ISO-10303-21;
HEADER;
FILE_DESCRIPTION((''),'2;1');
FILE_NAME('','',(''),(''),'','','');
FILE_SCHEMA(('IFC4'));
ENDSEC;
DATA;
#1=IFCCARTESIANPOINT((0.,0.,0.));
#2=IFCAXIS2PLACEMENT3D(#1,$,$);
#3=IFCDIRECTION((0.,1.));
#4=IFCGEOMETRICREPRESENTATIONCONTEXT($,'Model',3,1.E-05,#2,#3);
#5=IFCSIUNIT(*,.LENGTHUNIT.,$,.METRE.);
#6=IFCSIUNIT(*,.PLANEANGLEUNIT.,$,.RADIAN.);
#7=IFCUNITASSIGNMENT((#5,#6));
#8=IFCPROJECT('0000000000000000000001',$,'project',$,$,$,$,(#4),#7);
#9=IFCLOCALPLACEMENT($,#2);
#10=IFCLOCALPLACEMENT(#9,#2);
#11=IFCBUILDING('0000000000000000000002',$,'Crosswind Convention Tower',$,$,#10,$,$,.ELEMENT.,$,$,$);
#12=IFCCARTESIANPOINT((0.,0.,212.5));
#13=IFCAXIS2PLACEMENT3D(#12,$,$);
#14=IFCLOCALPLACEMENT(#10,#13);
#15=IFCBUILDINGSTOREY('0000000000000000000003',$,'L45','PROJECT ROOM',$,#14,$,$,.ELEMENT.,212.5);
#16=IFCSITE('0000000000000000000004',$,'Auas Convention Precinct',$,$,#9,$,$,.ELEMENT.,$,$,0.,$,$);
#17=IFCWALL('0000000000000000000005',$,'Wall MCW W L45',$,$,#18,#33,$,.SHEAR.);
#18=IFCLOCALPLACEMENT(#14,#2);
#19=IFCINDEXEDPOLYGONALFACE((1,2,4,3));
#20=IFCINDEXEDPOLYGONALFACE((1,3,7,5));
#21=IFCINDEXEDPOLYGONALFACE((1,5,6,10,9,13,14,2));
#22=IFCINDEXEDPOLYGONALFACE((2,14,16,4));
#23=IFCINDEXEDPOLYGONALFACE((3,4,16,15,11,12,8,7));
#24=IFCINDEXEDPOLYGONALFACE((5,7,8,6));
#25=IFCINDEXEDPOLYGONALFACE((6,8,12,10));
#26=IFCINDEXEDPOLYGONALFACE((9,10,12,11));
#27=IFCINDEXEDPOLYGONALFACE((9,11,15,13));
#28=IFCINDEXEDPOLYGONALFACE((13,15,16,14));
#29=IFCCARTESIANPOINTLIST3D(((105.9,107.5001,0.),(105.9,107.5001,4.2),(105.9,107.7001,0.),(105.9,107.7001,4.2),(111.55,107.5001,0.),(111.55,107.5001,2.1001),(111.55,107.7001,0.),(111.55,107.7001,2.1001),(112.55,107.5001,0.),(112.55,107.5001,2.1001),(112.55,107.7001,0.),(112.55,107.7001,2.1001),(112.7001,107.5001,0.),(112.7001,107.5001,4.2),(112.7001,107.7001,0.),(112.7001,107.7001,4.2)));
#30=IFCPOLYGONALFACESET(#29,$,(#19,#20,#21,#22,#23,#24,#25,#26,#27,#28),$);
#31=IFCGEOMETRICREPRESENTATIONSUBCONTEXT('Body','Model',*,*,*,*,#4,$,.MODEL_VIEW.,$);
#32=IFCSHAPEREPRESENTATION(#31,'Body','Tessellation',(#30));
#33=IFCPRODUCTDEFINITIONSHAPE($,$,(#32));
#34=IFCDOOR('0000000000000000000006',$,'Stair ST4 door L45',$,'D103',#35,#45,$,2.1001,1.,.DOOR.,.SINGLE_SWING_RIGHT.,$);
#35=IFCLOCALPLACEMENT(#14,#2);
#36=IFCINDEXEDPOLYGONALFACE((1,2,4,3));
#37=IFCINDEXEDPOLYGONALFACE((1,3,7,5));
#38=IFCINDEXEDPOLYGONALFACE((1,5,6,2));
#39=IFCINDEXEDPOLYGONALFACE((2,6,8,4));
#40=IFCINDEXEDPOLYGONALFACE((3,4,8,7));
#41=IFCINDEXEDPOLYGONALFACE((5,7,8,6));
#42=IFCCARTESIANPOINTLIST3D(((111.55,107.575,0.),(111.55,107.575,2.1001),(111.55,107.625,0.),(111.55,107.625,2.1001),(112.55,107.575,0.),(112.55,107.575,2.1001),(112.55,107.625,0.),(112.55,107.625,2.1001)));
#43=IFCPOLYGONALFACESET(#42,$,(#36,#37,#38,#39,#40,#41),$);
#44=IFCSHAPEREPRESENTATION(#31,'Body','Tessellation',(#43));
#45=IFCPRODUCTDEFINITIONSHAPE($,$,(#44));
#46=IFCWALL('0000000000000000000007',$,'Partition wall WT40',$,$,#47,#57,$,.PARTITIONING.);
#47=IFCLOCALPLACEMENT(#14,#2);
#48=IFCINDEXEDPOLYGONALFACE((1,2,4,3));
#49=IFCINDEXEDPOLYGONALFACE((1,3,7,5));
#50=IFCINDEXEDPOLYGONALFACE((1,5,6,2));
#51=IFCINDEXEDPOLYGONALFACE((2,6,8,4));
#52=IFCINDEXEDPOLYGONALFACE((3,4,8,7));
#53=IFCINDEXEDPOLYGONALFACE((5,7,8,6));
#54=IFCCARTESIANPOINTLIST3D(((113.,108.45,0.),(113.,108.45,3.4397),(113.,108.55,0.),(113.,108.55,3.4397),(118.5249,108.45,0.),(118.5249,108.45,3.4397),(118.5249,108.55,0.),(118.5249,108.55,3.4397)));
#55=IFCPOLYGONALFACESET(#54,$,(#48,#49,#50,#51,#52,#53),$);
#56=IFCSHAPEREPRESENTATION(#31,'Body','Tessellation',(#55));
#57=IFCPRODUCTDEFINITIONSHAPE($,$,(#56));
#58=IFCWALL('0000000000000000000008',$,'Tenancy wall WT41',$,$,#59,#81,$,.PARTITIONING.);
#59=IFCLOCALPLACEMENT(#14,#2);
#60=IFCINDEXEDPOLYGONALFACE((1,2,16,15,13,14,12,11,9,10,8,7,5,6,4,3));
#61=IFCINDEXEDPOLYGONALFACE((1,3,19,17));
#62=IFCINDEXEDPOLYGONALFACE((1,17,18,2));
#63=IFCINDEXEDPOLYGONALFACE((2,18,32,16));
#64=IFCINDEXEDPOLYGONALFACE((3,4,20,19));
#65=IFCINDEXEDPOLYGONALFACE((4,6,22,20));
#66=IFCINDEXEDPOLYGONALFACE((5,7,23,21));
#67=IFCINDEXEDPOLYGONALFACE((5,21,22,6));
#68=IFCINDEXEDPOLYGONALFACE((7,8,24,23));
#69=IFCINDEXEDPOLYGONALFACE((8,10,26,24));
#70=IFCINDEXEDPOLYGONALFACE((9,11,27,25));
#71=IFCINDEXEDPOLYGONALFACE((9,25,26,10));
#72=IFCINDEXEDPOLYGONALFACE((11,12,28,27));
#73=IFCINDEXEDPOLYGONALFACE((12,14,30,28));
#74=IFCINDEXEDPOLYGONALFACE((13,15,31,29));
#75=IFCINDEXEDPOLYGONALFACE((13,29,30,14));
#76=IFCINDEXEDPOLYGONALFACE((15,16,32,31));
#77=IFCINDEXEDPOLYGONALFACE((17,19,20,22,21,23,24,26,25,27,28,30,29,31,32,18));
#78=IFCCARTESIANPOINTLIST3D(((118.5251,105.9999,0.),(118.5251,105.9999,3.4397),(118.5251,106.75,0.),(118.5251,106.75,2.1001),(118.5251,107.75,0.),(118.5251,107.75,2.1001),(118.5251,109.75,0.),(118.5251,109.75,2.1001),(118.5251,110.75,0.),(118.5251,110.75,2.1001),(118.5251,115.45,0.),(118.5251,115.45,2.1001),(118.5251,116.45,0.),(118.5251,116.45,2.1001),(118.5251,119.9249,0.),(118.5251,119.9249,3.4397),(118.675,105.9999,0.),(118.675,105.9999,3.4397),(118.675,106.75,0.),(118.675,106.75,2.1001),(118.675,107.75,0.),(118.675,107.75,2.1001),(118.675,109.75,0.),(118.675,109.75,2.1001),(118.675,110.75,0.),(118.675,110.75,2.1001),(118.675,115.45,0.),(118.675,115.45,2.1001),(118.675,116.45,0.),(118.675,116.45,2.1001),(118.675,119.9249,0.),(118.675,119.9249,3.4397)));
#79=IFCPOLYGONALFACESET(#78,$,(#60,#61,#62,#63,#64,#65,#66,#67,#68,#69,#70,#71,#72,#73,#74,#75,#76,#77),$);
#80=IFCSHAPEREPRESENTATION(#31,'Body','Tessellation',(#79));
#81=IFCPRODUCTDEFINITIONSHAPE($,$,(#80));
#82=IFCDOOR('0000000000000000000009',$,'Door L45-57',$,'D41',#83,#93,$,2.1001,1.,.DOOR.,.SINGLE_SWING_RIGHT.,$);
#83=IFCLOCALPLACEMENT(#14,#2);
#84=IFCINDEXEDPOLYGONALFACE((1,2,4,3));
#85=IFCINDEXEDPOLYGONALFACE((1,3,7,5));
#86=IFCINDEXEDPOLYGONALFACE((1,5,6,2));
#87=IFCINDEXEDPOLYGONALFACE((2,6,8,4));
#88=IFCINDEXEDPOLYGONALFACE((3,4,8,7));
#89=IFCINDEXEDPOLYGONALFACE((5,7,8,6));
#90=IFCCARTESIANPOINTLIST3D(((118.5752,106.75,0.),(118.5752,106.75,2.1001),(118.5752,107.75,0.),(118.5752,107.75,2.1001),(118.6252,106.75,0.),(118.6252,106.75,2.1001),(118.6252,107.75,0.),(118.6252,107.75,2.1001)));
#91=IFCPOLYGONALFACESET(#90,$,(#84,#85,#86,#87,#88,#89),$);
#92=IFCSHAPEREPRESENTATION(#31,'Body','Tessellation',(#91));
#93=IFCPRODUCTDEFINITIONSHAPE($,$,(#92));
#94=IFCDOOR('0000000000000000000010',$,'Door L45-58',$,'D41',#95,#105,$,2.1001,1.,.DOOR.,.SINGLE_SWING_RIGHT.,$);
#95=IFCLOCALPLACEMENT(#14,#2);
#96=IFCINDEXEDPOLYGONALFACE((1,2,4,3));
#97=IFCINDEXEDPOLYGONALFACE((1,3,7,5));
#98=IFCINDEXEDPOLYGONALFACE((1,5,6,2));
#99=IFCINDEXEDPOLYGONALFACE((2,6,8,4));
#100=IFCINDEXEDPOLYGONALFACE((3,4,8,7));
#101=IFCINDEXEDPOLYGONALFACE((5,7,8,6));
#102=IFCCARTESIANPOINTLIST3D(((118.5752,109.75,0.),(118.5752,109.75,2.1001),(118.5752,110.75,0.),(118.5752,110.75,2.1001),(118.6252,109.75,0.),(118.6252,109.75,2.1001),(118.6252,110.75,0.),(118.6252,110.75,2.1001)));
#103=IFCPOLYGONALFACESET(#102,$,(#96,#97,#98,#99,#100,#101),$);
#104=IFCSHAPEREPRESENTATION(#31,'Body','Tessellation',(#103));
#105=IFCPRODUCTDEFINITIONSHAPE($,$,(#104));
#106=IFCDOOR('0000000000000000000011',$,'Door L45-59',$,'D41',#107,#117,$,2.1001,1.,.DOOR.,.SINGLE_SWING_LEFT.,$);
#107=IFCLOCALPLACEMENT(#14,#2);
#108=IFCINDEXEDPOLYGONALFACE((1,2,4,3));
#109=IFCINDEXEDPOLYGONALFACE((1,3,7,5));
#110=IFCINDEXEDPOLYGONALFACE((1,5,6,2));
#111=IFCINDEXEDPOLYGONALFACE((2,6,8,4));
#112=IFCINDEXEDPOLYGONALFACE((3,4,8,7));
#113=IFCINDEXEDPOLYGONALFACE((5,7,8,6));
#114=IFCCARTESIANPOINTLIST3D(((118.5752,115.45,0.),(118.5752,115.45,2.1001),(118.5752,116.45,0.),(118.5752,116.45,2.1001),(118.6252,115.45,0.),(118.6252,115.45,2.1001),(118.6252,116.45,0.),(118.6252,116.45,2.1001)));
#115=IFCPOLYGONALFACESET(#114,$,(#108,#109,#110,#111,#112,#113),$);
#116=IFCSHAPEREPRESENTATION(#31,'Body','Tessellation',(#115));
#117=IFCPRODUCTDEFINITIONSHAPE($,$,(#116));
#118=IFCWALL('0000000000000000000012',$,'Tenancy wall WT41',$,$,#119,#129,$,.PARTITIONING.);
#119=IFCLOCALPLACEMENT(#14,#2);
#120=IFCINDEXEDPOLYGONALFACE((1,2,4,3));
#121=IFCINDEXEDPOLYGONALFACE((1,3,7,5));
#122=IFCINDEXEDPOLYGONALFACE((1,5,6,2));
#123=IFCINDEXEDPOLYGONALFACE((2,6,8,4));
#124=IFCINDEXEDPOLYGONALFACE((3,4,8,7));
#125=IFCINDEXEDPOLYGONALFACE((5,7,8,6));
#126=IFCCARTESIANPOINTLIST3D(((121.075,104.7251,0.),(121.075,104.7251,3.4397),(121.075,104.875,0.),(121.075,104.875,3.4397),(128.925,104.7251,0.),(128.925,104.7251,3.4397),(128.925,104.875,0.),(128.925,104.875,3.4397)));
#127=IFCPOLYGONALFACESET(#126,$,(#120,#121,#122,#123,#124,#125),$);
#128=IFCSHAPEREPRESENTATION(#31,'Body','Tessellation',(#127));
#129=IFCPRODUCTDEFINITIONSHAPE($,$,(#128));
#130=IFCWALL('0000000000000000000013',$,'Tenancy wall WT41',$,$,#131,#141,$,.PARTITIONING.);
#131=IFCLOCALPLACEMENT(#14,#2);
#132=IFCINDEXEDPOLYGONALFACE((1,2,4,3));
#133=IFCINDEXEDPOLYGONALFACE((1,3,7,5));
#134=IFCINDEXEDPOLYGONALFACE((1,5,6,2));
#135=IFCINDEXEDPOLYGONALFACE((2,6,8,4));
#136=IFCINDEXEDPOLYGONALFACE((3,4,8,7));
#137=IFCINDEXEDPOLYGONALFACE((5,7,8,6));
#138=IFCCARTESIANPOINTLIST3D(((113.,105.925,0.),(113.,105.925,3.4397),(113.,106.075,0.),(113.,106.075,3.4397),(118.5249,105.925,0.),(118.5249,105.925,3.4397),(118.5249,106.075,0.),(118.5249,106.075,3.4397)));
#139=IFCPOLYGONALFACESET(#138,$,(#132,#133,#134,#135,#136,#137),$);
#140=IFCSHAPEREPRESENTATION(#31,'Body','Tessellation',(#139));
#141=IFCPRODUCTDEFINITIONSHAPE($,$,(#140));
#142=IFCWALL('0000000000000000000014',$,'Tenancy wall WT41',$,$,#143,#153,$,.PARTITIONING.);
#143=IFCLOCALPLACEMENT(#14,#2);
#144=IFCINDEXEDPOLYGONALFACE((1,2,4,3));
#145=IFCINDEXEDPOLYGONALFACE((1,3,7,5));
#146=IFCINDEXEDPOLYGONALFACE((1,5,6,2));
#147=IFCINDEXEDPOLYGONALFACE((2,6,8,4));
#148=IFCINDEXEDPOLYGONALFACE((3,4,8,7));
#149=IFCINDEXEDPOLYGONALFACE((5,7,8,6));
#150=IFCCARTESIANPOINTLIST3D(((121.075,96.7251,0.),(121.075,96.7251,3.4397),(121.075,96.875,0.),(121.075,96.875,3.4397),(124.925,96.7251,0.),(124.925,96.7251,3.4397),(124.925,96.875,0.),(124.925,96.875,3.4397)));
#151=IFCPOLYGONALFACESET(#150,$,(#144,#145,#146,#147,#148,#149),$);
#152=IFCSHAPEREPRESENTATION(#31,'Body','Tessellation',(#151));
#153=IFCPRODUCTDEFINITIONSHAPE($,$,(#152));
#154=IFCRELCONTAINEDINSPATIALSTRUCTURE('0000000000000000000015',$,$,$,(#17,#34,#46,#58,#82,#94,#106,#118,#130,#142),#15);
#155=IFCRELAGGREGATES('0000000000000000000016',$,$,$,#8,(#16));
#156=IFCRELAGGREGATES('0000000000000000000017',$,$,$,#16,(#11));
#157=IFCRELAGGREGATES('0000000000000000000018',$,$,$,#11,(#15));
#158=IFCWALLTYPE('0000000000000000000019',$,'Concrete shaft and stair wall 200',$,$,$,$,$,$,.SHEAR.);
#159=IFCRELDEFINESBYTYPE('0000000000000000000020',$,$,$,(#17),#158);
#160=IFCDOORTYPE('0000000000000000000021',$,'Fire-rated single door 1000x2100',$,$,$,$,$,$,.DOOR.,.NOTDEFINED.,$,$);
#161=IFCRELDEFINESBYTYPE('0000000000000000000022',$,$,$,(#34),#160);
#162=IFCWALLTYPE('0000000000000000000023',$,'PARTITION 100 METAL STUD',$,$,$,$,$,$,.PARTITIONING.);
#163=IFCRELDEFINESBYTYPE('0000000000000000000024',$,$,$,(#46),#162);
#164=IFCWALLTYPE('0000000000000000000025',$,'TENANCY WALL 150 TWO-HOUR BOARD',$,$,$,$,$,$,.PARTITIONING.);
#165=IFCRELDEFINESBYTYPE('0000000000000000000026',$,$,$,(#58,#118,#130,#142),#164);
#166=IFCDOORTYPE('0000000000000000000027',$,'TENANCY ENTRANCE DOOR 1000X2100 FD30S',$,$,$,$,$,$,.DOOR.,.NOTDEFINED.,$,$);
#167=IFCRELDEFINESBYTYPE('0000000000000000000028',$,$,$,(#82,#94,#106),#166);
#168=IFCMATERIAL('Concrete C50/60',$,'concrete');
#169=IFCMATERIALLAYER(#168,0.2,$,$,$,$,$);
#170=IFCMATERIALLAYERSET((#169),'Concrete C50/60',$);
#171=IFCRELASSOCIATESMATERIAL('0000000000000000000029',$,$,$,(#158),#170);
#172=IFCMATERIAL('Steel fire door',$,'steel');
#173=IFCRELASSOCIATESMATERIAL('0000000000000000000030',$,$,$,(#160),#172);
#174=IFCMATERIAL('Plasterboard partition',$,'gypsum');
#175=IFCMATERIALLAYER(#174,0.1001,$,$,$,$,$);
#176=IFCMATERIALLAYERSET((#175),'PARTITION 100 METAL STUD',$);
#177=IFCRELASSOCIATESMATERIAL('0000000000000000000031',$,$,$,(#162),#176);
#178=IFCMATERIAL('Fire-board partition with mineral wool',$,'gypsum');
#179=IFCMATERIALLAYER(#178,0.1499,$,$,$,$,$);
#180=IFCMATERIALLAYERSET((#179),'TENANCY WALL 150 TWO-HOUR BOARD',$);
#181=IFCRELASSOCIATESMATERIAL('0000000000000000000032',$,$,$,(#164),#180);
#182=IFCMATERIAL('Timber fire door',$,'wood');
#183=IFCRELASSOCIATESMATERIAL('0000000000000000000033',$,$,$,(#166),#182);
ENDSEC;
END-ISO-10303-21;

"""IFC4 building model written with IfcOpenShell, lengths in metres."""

from ifc_helpers import new_model, si_unit, direction, frame, frame_2d, origin, place, context, subcontext, project, spatial, rectangle, extrude, material, layer, layer_set, type_object, element, fill, save


model = new_model("IFC4")

# Units and contexts
model_context = context("Model", 3, precision=1e-05, world=origin(), true_north=direction((0.0, 1.0)))
body_context = subcontext(model_context, "Body", "Model", "MODEL_VIEW")
ifc_project = project(units=[si_unit("LENGTHUNIT", "METRE"), si_unit("PLANEANGLEUNIT", "RADIAN")], contexts=[model_context])

# Site, building, storey
site_placement = place(None, origin())
site = spatial("IfcSite", under=ifc_project, at=site_placement, Name="Auas Convention Precinct", CompositionType="ELEMENT", RefElevation=0.0)
building_placement = place(site_placement, origin())
building = spatial("IfcBuilding", under=site, at=building_placement, Name="Crosswind Convention Tower", CompositionType="ELEMENT")
storey_placement = place(building_placement, frame((0.0, 0.0, 212.5)))
storey = spatial("IfcBuildingStorey", under=building, at=storey_placement, Name="L45", Description="PROJECT ROOM", CompositionType="ELEMENT", Elevation=212.5)

# Shared definitions
ifc_material_1 = material(Name="Concrete C50/60", Category="concrete")

# Shared definitions
ifc_layer_1 = layer(ifc_material_1, 0.2)
ifc_layer_set_1 = layer_set([ifc_layer_1], Name="Concrete C50/60")
wall_type_1 = type_object("IfcWallType", Name="Concrete shaft and stair wall 200", PredefinedType="SHEAR", material=ifc_layer_set_1)

# Wall, opening, door
ifc_material_2 = material(Name="Steel fire door", Category="steel")
wall_1_placement = place(storey_placement, frame((112.7, 107.6001, 0.0), z_axis=(0.0, 0.0, 1.0), x_axis=(-1.0, 0.0, 0.0)))
wall_1 = element("IfcWall", 1, at=wall_1_placement, inside=storey, type_object=wall_type_1, Name="Wall MCW W L45", PredefinedType="SHEAR", context=body_context, shape_type="SweptSolid", body=[
    extrude(rectangle(XDim=6.8, YDim=0.2, at=frame_2d((3.3999, 0.0))), origin(), (0.0, 0.0, 1.0), 4.2),
])
opening_1_placement = place(wall_1_placement, frame((0.1499, 0.0, 0.0)))
opening_1 = element("IfcOpeningElement", 2, at=opening_1_placement, cuts=wall_1, PredefinedType="OPENING", context=body_context, shape_type="SweptSolid", body=[
    extrude(rectangle(XDim=1.0, YDim=2.1001, at=frame_2d((0.5, 1.05))), frame((0.0, 0.1099, 0.0), z_axis=(0.0, -1.0, 0.0), x_axis=(1.0, 0.0, 0.0)), (0.0, 0.0, 1.0), 0.22),
])
door_type_1 = type_object("IfcDoorType", Name="Fire-rated single door 1000x2100", OperationType="NOTDEFINED", PredefinedType="DOOR", material=ifc_material_2)
door_1_placement = place(opening_1_placement, frame((1.0, 0.0, 0.0), z_axis=(0.0, 0.0, 1.0), x_axis=(-1.0, 0.0, 0.0)))
door_1 = element("IfcDoor", 3, at=door_1_placement, inside=storey, type_object=door_type_1, Name="Stair ST4 door L45", ObjectType="D103", OperationType="SINGLE_SWING_RIGHT", OverallHeight=2.1001, OverallWidth=1.0, PredefinedType="DOOR", context=body_context, shape_type="SweptSolid", body=[
    extrude(rectangle(XDim=1.0, YDim=2.1001, at=frame_2d((0.5, 1.05))), frame((0.0, 0.0249, 0.0), z_axis=(0.0, -1.0, 0.0), x_axis=(1.0, 0.0, 0.0)), (0.0, 0.0, 1.0), 0.05),
])
fill(opening_1, door_1)

# Wall
ifc_material_3 = material(Name="Plasterboard partition", Category="gypsum")
ifc_layer_2 = layer(ifc_material_3, 0.1001)
ifc_layer_set_2 = layer_set([ifc_layer_2], Name="PARTITION 100 METAL STUD")
wall_type_2 = type_object("IfcWallType", Name="PARTITION 100 METAL STUD", PredefinedType="PARTITIONING", material=ifc_layer_set_2)
wall_2_placement = place(storey_placement, frame((113.0, 108.5, 0.0), z_axis=(0.0, 0.0, 1.0), x_axis=(1.0, 0.0, 0.0)))
element("IfcWall", 4, at=wall_2_placement, inside=storey, type_object=wall_type_2, Name="Partition wall WT40", PredefinedType="PARTITIONING", context=body_context, shape_type="SweptSolid", body=[
    extrude(rectangle(XDim=5.5249, YDim=0.1001, at=frame_2d((2.7625, 0.0))), origin(), (0.0, 0.0, 1.0), 3.4397),
])

# Wall, openings, doors
ifc_material_4 = material(Name="Fire-board partition with mineral wool", Category="gypsum")
ifc_layer_3 = layer(ifc_material_4, 0.1499)
ifc_layer_set_3 = layer_set([ifc_layer_3], Name="TENANCY WALL 150 TWO-HOUR BOARD")
wall_type_3 = type_object("IfcWallType", Name="TENANCY WALL 150 TWO-HOUR BOARD", PredefinedType="PARTITIONING", material=ifc_layer_set_3)
wall_3_placement = place(storey_placement, frame((118.6001, 106.0, 0.0), z_axis=(0.0, 0.0, 1.0), x_axis=(0.0, 1.0, 0.0)))
wall_3 = element("IfcWall", 5, at=wall_3_placement, inside=storey, type_object=wall_type_3, Name="Tenancy wall WT41", PredefinedType="PARTITIONING", context=body_context, shape_type="SweptSolid", body=[
    extrude(rectangle(XDim=13.925, YDim=0.1499, at=frame_2d((6.9624, 0.0))), origin(), (0.0, 0.0, 1.0), 3.4397),
])
opening_2_placement = place(wall_3_placement, frame((0.75, 0.0, 0.0)))
opening_2 = element("IfcOpeningElement", 6, at=opening_2_placement, cuts=wall_3, PredefinedType="OPENING", context=body_context, shape_type="SweptSolid", body=[
    extrude(rectangle(XDim=1.0, YDim=2.1001, at=frame_2d((0.5, 1.05))), frame((0.0, 0.085, 0.0), z_axis=(0.0, -1.0, 0.0), x_axis=(1.0, 0.0, 0.0)), (0.0, 0.0, 1.0), 0.1699),
])
opening_3_placement = place(wall_3_placement, frame((3.75, 0.0, 0.0)))
opening_3 = element("IfcOpeningElement", 7, at=opening_3_placement, cuts=wall_3, PredefinedType="OPENING", context=body_context, shape_type="SweptSolid", body=[
    extrude(rectangle(XDim=1.0, YDim=2.1001, at=frame_2d((0.5, 1.05))), frame((0.0, 0.085, 0.0), z_axis=(0.0, -1.0, 0.0), x_axis=(1.0, 0.0, 0.0)), (0.0, 0.0, 1.0), 0.1699),
])
opening_4_placement = place(wall_3_placement, frame((9.45, 0.0, 0.0)))
opening_4 = element("IfcOpeningElement", 8, at=opening_4_placement, cuts=wall_3, PredefinedType="OPENING", context=body_context, shape_type="SweptSolid", body=[
    extrude(rectangle(XDim=1.0, YDim=2.1001, at=frame_2d((0.5, 1.05))), frame((0.0, 0.085, 0.0), z_axis=(0.0, -1.0, 0.0), x_axis=(1.0, 0.0, 0.0)), (0.0, 0.0, 1.0), 0.1699),
])
ifc_material_5 = material(Name="Timber fire door", Category="wood")
door_type_2 = type_object("IfcDoorType", Name="TENANCY ENTRANCE DOOR 1000X2100 FD30S", OperationType="NOTDEFINED", PredefinedType="DOOR", material=ifc_material_5)
door_2_placement = place(opening_2_placement, origin())
door_2 = element("IfcDoor", 9, at=door_2_placement, inside=storey, type_object=door_type_2, Name="Door L45-57", ObjectType="D41", OperationType="SINGLE_SWING_RIGHT", OverallHeight=2.1001, OverallWidth=1.0, PredefinedType="DOOR", context=body_context, shape_type="SweptSolid", body=[
    extrude(rectangle(XDim=1.0, YDim=2.1001, at=frame_2d((0.5, 1.05))), frame((0.0, 0.0249, 0.0), z_axis=(0.0, -1.0, 0.0), x_axis=(1.0, 0.0, 0.0)), (0.0, 0.0, 1.0), 0.05),
])
fill(opening_2, door_2)
door_3_placement = place(opening_3_placement, origin())
door_3 = element("IfcDoor", 10, at=door_3_placement, inside=storey, type_object=door_type_2, Name="Door L45-58", ObjectType="D41", OperationType="SINGLE_SWING_RIGHT", OverallHeight=2.1001, OverallWidth=1.0, PredefinedType="DOOR", context=body_context, shape_type="SweptSolid", body=[
    extrude(rectangle(XDim=1.0, YDim=2.1001, at=frame_2d((0.5, 1.05))), frame((0.0, 0.0249, 0.0), z_axis=(0.0, -1.0, 0.0), x_axis=(1.0, 0.0, 0.0)), (0.0, 0.0, 1.0), 0.05),
])
fill(opening_3, door_3)
door_4_placement = place(opening_4_placement, origin())
door_4 = element("IfcDoor", 11, at=door_4_placement, inside=storey, type_object=door_type_2, Name="Door L45-59", ObjectType="D41", OperationType="SINGLE_SWING_LEFT", OverallHeight=2.1001, OverallWidth=1.0, PredefinedType="DOOR", context=body_context, shape_type="SweptSolid", body=[
    extrude(rectangle(XDim=1.0, YDim=2.1001, at=frame_2d((0.5, 1.05))), frame((0.0, 0.0249, 0.0), z_axis=(0.0, -1.0, 0.0), x_axis=(1.0, 0.0, 0.0)), (0.0, 0.0, 1.0), 0.05),
])
fill(opening_4, door_4)

# Walls
wall_4_placement = place(storey_placement, frame((121.075, 104.8, 0.0), z_axis=(0.0, 0.0, 1.0), x_axis=(1.0, 0.0, 0.0)))
element("IfcWall", 12, at=wall_4_placement, inside=storey, type_object=wall_type_3, Name="Tenancy wall WT41", PredefinedType="PARTITIONING", context=body_context, shape_type="SweptSolid", body=[
    extrude(rectangle(XDim=7.8501, YDim=0.1499, at=frame_2d((3.925, 0.0))), origin(), (0.0, 0.0, 1.0), 3.4397),
])
wall_5_placement = place(storey_placement, frame((113.0, 106.0, 0.0), z_axis=(0.0, 0.0, 1.0), x_axis=(1.0, 0.0, 0.0)))
element("IfcWall", 13, at=wall_5_placement, inside=storey, type_object=wall_type_3, Name="Tenancy wall WT41", PredefinedType="PARTITIONING", context=body_context, shape_type="SweptSolid", body=[
    extrude(rectangle(XDim=5.5249, YDim=0.1499, at=frame_2d((2.7625, 0.0))), origin(), (0.0, 0.0, 1.0), 3.4397),
])
wall_6_placement = place(storey_placement, frame((121.075, 96.8, 0.0), z_axis=(0.0, 0.0, 1.0), x_axis=(1.0, 0.0, 0.0)))
element("IfcWall", 14, at=wall_6_placement, inside=storey, type_object=wall_type_3, Name="Tenancy wall WT41", PredefinedType="PARTITIONING", context=body_context, shape_type="SweptSolid", body=[
    extrude(rectangle(XDim=3.8501, YDim=0.1499, at=frame_2d((1.925, 0.0))), origin(), (0.0, 0.0, 1.0), 3.4397),
])

save(model, "model.ifc")
